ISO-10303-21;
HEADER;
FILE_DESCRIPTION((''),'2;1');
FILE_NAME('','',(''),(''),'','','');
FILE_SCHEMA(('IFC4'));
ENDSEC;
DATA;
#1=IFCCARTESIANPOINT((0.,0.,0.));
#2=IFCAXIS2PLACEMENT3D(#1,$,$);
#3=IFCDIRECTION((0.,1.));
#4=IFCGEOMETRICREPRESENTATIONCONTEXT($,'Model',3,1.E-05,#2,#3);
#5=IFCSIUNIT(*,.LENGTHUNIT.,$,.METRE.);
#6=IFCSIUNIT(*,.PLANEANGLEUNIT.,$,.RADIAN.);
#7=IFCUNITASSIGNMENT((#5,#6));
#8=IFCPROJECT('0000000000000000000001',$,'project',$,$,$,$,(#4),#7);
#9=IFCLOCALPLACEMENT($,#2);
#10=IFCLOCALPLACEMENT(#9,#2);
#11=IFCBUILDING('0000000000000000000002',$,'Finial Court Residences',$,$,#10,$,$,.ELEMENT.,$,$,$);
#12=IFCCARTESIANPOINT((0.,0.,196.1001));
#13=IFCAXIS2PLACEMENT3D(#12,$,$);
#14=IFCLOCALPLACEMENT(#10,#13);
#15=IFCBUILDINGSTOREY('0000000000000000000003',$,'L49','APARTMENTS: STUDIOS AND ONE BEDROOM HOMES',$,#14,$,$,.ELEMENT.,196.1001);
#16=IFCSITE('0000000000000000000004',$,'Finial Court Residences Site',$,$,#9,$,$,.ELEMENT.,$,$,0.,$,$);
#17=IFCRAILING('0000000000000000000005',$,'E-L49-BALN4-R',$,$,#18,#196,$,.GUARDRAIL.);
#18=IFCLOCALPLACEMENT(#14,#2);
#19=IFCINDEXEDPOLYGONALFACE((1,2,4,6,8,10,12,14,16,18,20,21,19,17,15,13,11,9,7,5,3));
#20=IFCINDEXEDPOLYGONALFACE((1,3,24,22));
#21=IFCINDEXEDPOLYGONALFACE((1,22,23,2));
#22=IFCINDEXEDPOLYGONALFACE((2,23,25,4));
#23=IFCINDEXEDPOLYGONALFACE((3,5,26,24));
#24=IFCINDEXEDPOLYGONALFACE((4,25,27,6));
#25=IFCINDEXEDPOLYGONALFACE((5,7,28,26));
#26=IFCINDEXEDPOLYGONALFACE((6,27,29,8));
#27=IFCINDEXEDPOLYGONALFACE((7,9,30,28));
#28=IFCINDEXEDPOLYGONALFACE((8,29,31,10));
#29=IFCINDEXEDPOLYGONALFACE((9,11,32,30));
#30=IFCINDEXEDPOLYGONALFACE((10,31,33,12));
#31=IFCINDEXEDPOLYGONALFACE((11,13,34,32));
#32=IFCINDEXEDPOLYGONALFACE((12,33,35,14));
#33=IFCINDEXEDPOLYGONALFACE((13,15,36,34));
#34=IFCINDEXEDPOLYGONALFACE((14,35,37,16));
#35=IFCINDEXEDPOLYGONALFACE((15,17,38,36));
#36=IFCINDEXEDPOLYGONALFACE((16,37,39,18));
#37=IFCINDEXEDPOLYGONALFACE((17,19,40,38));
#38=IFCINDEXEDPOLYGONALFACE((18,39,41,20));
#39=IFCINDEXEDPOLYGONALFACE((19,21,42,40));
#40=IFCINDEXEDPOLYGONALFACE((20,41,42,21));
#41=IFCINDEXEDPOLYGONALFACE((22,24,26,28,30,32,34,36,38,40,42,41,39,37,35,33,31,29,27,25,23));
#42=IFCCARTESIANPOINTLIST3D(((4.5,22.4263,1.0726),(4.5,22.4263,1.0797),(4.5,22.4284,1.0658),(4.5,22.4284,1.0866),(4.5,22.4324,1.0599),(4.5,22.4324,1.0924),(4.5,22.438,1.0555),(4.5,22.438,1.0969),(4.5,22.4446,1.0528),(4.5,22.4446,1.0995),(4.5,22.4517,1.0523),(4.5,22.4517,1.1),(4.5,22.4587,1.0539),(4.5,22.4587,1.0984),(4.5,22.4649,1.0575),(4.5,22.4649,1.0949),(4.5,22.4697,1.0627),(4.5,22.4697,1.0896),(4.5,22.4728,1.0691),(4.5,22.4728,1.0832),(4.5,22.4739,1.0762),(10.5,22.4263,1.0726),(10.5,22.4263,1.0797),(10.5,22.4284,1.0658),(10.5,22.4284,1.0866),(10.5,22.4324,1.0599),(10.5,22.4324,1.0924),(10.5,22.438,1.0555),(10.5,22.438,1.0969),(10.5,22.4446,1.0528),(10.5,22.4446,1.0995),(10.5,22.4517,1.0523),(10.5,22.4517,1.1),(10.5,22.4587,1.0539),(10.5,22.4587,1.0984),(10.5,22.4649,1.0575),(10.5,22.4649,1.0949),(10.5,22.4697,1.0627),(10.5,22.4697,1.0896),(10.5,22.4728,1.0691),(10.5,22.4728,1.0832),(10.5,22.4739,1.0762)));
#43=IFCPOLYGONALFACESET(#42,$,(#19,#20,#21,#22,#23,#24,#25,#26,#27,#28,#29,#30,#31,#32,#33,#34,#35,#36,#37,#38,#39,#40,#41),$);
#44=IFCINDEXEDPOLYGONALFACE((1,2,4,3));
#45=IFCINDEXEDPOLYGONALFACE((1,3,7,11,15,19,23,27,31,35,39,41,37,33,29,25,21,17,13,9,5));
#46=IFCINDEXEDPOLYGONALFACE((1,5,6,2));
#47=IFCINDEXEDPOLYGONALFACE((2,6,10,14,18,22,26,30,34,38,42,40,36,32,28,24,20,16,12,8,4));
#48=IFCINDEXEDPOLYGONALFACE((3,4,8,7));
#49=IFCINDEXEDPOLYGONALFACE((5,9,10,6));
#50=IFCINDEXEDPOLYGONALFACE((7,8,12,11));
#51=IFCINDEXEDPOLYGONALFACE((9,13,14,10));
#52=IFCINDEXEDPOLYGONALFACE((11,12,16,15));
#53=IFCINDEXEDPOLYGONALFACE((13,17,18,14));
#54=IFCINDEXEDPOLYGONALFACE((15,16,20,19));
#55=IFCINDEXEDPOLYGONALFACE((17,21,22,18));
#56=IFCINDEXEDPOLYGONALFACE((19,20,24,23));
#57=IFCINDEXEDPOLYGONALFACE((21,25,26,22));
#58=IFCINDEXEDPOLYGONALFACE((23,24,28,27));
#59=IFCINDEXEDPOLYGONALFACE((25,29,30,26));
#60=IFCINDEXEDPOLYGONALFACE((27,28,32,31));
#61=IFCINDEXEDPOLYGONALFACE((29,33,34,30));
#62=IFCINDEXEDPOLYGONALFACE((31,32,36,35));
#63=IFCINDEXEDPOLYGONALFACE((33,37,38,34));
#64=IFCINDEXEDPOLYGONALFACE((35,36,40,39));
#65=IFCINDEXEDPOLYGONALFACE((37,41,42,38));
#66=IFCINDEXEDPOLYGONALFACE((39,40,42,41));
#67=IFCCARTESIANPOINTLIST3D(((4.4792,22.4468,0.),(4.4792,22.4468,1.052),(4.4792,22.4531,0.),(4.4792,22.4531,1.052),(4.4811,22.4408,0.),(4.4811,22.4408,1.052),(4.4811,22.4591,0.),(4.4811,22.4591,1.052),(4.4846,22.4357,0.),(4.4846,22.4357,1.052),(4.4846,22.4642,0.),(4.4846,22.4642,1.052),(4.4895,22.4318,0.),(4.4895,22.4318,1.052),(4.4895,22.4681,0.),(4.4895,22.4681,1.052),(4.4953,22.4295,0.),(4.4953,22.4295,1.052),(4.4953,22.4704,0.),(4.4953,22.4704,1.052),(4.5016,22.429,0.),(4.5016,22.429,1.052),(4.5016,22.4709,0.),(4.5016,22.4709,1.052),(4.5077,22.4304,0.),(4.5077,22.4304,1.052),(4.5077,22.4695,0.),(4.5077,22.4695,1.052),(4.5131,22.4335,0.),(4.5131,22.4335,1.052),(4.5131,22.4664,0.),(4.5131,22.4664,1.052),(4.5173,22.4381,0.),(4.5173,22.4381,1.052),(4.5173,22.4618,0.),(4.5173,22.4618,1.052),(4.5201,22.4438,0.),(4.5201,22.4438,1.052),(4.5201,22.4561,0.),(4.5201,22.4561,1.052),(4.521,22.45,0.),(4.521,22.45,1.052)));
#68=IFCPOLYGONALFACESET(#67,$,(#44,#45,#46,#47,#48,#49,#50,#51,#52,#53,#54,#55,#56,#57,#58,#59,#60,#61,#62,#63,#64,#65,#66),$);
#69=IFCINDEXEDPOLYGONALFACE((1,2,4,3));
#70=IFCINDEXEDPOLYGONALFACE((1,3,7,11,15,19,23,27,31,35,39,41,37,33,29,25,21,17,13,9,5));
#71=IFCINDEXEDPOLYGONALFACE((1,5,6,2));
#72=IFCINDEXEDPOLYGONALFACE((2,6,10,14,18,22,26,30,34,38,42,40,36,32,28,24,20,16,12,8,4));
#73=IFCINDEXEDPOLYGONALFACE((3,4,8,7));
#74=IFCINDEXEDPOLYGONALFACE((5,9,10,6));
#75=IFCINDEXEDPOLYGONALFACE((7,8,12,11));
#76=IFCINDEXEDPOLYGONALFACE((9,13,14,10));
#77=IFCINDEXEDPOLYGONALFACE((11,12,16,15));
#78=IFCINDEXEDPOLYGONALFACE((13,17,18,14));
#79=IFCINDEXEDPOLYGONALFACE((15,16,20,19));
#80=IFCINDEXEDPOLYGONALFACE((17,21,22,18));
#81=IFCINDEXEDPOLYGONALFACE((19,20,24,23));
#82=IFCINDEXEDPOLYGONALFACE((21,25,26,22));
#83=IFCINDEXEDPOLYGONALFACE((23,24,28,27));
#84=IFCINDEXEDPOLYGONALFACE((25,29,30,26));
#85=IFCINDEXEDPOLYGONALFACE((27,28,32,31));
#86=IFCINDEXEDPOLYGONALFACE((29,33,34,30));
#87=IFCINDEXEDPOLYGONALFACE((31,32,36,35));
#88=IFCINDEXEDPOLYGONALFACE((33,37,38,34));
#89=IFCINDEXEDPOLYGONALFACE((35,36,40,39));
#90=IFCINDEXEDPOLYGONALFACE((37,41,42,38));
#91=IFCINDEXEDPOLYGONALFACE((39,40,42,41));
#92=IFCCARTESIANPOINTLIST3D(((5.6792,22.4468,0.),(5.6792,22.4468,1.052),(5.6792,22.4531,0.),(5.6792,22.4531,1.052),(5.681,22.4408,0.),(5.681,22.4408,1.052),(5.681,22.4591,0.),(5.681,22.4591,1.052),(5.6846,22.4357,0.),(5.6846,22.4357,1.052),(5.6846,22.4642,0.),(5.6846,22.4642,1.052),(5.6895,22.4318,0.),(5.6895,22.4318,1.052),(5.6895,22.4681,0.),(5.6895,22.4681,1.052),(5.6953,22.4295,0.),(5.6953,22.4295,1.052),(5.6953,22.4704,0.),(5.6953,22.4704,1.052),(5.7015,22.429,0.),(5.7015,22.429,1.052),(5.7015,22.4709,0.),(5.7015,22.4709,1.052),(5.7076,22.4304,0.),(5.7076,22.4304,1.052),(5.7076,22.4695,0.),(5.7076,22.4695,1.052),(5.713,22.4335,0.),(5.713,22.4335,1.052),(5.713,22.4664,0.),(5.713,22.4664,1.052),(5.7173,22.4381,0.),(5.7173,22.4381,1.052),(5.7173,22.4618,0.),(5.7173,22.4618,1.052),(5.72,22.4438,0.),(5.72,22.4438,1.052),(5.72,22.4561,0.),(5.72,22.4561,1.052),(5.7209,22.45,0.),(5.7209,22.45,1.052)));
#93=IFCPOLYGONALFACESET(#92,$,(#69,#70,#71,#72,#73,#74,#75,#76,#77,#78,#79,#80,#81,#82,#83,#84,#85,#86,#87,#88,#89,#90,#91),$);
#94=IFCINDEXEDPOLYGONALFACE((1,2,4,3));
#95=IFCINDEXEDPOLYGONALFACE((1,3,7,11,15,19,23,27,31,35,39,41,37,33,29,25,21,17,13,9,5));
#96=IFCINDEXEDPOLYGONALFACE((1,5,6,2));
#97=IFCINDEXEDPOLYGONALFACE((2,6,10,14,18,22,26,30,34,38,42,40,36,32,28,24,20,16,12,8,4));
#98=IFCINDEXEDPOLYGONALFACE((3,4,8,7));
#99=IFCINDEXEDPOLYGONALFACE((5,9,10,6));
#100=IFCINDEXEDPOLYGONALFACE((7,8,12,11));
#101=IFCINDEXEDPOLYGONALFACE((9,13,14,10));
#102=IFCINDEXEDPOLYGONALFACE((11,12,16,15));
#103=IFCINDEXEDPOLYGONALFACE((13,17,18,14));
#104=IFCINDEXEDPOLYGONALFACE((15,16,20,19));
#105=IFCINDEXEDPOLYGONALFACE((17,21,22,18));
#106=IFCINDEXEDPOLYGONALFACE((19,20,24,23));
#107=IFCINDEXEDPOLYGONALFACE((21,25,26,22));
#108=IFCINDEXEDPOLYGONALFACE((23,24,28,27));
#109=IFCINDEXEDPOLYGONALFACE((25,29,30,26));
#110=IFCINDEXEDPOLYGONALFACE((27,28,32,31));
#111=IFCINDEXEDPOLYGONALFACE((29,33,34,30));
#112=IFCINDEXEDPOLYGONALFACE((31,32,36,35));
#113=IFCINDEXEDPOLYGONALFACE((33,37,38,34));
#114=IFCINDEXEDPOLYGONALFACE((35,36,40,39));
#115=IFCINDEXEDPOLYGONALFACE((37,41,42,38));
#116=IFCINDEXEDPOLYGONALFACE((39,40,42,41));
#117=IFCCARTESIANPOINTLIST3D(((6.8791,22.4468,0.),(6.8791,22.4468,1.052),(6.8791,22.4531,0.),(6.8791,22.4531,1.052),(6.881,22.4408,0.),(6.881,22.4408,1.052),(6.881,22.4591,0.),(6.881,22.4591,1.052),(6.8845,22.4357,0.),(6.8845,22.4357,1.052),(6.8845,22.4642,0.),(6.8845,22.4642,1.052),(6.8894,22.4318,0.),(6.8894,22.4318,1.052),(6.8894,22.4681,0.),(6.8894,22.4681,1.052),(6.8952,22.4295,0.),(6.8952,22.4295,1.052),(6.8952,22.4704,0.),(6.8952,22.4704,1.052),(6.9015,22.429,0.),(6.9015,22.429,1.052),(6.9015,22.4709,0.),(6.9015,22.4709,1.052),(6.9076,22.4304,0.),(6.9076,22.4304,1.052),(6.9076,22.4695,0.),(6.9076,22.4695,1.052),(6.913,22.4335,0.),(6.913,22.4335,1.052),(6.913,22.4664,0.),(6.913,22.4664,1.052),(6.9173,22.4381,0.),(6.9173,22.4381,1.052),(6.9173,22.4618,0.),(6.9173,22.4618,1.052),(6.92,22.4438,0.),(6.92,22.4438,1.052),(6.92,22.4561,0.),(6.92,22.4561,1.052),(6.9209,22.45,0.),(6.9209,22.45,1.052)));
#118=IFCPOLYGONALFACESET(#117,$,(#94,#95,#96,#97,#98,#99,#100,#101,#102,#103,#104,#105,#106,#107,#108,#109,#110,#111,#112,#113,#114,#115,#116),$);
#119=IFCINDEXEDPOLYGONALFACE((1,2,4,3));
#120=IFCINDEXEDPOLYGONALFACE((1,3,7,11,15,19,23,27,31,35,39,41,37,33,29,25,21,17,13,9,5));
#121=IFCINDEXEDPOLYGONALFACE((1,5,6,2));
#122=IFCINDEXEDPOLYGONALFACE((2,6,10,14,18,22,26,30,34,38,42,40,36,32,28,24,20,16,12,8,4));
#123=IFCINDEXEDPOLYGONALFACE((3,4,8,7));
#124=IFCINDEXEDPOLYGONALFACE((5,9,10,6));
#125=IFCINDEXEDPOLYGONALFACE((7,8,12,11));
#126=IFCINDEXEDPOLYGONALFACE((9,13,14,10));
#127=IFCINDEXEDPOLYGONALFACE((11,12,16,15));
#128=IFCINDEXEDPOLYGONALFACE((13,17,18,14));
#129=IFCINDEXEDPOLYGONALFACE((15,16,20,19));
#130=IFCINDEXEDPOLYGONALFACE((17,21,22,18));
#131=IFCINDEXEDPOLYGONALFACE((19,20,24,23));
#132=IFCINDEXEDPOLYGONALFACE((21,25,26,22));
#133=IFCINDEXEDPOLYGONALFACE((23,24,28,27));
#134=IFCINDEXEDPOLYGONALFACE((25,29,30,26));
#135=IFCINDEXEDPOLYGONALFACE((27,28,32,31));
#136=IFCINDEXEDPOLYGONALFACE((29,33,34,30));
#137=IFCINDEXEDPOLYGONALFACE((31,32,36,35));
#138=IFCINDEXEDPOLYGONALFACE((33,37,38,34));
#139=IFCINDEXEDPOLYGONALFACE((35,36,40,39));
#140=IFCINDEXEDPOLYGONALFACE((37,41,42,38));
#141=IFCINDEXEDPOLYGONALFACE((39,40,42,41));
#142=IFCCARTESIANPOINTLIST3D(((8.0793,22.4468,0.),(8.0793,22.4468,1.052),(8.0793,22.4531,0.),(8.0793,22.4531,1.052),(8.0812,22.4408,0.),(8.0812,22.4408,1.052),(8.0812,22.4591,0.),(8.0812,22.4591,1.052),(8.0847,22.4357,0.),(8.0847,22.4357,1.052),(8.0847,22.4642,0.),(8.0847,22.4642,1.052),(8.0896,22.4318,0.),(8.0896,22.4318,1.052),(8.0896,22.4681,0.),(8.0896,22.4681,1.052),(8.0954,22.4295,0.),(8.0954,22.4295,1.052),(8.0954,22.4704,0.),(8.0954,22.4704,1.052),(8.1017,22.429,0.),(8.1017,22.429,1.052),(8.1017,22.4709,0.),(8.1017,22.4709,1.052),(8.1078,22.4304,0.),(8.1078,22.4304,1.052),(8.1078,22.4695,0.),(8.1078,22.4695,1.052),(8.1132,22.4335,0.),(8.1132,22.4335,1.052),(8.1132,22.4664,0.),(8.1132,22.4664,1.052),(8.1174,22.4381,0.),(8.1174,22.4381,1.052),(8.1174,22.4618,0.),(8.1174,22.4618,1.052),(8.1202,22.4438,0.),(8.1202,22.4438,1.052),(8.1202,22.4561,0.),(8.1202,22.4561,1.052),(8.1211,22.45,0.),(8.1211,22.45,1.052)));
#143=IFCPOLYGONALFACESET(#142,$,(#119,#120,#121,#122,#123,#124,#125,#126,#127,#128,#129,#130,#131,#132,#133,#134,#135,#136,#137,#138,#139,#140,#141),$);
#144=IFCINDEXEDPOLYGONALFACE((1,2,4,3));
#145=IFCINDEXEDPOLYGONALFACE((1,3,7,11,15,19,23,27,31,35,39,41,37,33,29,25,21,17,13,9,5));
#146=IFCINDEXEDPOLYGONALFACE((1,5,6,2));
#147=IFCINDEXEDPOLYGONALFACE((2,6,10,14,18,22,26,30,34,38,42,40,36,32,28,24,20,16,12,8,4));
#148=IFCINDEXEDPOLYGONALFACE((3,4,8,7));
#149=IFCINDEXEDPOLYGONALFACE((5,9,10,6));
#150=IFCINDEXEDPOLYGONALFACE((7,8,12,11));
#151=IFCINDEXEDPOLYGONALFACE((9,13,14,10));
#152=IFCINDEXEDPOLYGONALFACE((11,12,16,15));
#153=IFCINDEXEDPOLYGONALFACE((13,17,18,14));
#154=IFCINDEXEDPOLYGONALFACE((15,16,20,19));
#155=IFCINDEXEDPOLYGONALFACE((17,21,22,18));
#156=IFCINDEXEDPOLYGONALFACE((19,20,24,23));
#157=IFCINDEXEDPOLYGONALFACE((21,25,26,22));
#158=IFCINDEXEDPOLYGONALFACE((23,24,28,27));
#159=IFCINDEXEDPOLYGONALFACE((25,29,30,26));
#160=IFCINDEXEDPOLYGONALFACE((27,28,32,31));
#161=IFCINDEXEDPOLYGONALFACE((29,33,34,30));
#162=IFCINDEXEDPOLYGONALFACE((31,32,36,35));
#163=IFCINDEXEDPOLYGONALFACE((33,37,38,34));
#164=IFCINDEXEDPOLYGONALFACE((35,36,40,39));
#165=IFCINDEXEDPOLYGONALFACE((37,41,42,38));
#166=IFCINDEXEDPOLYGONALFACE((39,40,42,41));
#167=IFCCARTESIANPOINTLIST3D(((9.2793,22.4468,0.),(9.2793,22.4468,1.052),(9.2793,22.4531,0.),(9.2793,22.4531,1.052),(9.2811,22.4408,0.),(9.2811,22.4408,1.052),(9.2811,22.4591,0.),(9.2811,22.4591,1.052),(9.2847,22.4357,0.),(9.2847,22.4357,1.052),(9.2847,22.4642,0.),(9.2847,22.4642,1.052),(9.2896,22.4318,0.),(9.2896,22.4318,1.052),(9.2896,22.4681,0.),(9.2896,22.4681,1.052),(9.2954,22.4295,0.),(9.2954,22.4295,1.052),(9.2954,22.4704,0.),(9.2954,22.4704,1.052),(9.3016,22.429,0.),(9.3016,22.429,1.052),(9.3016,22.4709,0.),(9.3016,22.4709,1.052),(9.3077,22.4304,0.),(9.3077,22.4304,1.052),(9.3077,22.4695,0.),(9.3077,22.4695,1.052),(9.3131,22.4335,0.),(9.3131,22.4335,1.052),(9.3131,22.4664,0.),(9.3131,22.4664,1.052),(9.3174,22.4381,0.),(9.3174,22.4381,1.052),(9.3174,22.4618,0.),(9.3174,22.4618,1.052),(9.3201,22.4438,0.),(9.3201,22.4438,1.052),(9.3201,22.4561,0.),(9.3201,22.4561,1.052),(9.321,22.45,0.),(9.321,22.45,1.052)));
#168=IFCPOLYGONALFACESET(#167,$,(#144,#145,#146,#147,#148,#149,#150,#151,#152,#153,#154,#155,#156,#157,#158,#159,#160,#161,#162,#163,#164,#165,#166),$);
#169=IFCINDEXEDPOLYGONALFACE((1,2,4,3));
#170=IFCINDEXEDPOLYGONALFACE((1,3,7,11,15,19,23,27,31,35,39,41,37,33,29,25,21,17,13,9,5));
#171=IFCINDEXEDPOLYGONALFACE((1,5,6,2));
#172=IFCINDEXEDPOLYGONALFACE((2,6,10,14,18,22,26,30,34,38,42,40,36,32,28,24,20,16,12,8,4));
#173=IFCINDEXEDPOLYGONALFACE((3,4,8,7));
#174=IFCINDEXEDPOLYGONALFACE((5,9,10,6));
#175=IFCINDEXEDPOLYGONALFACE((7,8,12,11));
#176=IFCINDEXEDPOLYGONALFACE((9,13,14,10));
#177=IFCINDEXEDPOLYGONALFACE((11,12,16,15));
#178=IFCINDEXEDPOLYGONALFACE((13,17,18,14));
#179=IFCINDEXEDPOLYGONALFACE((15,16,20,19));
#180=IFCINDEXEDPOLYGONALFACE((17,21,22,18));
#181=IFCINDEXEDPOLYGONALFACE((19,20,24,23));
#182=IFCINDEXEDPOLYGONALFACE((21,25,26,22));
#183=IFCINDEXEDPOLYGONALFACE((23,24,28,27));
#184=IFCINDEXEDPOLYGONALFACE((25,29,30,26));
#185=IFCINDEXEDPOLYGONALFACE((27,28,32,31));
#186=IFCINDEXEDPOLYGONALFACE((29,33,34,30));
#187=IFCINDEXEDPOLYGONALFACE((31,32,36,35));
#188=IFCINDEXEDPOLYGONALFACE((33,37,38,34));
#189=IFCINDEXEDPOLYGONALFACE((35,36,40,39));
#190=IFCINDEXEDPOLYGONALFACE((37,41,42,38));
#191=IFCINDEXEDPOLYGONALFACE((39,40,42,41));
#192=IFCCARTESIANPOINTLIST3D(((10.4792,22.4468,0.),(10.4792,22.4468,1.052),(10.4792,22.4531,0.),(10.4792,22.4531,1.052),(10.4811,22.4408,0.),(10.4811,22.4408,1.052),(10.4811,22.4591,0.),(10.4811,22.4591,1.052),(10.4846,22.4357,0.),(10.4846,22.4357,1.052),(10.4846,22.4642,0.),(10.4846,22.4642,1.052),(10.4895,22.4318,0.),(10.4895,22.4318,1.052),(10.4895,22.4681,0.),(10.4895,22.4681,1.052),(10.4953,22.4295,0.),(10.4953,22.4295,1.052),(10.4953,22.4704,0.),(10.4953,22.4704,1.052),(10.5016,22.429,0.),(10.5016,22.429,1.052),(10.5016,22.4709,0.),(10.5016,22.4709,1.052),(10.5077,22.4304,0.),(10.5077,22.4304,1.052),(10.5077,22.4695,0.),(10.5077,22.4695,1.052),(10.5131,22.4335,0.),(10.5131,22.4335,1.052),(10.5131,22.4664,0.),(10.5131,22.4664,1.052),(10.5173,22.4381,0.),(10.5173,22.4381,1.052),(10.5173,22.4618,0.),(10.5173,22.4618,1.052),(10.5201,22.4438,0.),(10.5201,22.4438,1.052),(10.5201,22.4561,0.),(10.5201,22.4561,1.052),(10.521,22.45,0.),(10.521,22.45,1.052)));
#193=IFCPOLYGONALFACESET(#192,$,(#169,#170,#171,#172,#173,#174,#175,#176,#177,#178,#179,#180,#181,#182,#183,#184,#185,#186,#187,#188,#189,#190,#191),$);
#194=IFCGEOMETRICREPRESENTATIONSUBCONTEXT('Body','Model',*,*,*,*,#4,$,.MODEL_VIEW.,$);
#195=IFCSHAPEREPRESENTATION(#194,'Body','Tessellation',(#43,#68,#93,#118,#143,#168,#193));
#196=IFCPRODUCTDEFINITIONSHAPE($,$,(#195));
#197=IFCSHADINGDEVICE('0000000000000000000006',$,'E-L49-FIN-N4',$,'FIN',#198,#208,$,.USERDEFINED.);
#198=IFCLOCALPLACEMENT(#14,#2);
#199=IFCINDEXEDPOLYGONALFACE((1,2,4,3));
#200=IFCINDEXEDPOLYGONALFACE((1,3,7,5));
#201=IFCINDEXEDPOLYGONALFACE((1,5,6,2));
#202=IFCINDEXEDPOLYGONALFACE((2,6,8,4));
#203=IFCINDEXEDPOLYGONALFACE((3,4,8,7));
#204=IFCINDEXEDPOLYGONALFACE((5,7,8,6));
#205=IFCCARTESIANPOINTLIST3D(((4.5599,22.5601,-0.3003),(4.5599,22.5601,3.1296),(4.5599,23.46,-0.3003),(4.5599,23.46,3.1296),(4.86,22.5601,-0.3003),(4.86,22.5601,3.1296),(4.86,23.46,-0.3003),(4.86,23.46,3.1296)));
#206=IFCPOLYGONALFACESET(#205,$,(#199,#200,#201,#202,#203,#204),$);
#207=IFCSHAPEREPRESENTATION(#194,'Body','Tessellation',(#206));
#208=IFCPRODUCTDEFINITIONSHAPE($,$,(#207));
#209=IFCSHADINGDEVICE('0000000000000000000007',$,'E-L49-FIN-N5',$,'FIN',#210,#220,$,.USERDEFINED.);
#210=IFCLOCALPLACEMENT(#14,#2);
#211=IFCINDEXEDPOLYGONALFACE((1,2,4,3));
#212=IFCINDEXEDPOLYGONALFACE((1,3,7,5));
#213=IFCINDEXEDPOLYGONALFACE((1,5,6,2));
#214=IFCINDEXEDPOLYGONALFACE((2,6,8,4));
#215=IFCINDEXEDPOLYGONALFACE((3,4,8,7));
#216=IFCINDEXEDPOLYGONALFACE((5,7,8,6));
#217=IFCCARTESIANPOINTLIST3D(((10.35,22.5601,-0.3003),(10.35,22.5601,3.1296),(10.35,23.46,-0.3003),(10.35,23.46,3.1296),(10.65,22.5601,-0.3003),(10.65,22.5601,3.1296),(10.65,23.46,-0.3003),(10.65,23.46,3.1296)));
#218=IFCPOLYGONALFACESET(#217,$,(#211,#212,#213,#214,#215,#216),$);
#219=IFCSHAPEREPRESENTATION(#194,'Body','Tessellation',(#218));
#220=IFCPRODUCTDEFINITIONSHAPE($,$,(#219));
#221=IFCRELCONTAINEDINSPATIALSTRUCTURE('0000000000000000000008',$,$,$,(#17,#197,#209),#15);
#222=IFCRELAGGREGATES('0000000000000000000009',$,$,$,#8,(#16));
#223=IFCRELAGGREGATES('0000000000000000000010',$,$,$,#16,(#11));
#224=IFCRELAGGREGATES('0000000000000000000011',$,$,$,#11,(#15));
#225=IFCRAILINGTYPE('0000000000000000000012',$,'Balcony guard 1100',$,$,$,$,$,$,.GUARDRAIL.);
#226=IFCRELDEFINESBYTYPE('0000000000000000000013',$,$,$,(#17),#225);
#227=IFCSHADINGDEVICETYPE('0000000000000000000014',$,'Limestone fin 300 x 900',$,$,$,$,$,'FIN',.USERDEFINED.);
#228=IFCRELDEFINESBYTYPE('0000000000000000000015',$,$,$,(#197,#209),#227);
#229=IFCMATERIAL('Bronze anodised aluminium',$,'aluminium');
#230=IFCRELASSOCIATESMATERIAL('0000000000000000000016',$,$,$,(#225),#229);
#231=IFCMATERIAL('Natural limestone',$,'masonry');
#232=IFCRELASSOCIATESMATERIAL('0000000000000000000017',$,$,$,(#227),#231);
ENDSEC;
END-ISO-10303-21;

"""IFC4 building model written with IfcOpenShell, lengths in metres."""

from ifc_helpers import new_model, si_unit, direction, frame, origin, origin_2d, place, context, subcontext, project, spatial, rectangle, circle, extrude, material, type_object, element, save


model = new_model("IFC4")

# Units and contexts
model_context = context("Model", 3, precision=1e-05, world=origin(), true_north=direction((0.0, 1.0)))
body_context = subcontext(model_context, "Body", "Model", "MODEL_VIEW")
ifc_project = project(units=[si_unit("LENGTHUNIT", "METRE"), si_unit("PLANEANGLEUNIT", "RADIAN")], contexts=[model_context])

# Site, building, storey
site_placement = place(None, origin())
site = spatial("IfcSite", under=ifc_project, at=site_placement, Name="Finial Court Residences Site", CompositionType="ELEMENT", RefElevation=0.0)
building_placement = place(site_placement, origin())
building = spatial("IfcBuilding", under=site, at=building_placement, Name="Finial Court Residences", CompositionType="ELEMENT")
storey_placement = place(building_placement, frame((0.0, 0.0, 196.1001)))
storey = spatial("IfcBuildingStorey", under=building, at=storey_placement, Name="L49", Description="APARTMENTS: STUDIOS AND ONE BEDROOM HOMES", CompositionType="ELEMENT", Elevation=196.1001)

# Shared definitions
ifc_material_1 = material(Name="Bronze anodised aluminium", Category="aluminium")

# Shared definitions
ifc_material_2 = material(Name="Natural limestone", Category="masonry")

# Railing
railing_type = type_object("IfcRailingType", Name="Balcony guard 1100", PredefinedType="GUARDRAIL", material=ifc_material_1)
railing_placement = place(storey_placement, frame((4.5, 22.45, 0.0)))
element("IfcRailing", 1, at=railing_placement, inside=storey, type_object=railing_type, Name="E-L49-BALN4-R", PredefinedType="GUARDRAIL", context=body_context, shape_type="SweptSolid", body=[
    extrude(circle(Radius=0.0239, at=origin_2d()), frame((0.0, 0.0, 1.0762), z_axis=(1.0, 0.0, 0.0), x_axis=(0.0, 1.0, 0.0)), (0.0, 0.0, 1.0), 6.0),
    extrude(circle(Radius=0.021, at=origin_2d()), origin(), (0.0, 0.0, 1.0), 1.052),
    extrude(circle(Radius=0.021, at=origin_2d()), frame((1.2, 0.0, 0.0)), (0.0, 0.0, 1.0), 1.052),
    extrude(circle(Radius=0.021, at=origin_2d()), frame((2.3999, 0.0, 0.0)), (0.0, 0.0, 1.0), 1.052),
    extrude(circle(Radius=0.021, at=origin_2d()), frame((3.6001, 0.0, 0.0)), (0.0, 0.0, 1.0), 1.052),
    extrude(circle(Radius=0.021, at=origin_2d()), frame((4.8, 0.0, 0.0)), (0.0, 0.0, 1.0), 1.052),
    extrude(circle(Radius=0.021, at=origin_2d()), frame((6.0, 0.0, 0.0)), (0.0, 0.0, 1.0), 1.052),
])

# Shading devices
shading_device_type = type_object("IfcShadingDeviceType", Name="Limestone fin 300 x 900", ElementType="FIN", PredefinedType="USERDEFINED", material=ifc_material_2)
for number, where, z_axis, x_axis, name in (
    (2, (4.71, 23.01, -0.3003), (0.0, 0.0, 1.0), (1.0, 0.0, 0.0), "E-L49-FIN-N4"),
    (3, (10.5, 23.01, -0.3003), (0.0, 0.0, 1.0), (1.0, 0.0, 0.0), "E-L49-FIN-N5"),
):
    element("IfcShadingDevice", number, at=place(storey_placement, frame(where, z_axis=z_axis, x_axis=x_axis)), inside=storey, type_object=shading_device_type, Name=name, ObjectType="FIN", PredefinedType="USERDEFINED", context=body_context, shape_type="SweptSolid", body=[
        extrude(rectangle(XDim=0.3, YDim=0.8999, at=origin_2d()), origin(), (0.0, 0.0, 1.0), 3.4299),
    ])

save(model, "model.ifc")
